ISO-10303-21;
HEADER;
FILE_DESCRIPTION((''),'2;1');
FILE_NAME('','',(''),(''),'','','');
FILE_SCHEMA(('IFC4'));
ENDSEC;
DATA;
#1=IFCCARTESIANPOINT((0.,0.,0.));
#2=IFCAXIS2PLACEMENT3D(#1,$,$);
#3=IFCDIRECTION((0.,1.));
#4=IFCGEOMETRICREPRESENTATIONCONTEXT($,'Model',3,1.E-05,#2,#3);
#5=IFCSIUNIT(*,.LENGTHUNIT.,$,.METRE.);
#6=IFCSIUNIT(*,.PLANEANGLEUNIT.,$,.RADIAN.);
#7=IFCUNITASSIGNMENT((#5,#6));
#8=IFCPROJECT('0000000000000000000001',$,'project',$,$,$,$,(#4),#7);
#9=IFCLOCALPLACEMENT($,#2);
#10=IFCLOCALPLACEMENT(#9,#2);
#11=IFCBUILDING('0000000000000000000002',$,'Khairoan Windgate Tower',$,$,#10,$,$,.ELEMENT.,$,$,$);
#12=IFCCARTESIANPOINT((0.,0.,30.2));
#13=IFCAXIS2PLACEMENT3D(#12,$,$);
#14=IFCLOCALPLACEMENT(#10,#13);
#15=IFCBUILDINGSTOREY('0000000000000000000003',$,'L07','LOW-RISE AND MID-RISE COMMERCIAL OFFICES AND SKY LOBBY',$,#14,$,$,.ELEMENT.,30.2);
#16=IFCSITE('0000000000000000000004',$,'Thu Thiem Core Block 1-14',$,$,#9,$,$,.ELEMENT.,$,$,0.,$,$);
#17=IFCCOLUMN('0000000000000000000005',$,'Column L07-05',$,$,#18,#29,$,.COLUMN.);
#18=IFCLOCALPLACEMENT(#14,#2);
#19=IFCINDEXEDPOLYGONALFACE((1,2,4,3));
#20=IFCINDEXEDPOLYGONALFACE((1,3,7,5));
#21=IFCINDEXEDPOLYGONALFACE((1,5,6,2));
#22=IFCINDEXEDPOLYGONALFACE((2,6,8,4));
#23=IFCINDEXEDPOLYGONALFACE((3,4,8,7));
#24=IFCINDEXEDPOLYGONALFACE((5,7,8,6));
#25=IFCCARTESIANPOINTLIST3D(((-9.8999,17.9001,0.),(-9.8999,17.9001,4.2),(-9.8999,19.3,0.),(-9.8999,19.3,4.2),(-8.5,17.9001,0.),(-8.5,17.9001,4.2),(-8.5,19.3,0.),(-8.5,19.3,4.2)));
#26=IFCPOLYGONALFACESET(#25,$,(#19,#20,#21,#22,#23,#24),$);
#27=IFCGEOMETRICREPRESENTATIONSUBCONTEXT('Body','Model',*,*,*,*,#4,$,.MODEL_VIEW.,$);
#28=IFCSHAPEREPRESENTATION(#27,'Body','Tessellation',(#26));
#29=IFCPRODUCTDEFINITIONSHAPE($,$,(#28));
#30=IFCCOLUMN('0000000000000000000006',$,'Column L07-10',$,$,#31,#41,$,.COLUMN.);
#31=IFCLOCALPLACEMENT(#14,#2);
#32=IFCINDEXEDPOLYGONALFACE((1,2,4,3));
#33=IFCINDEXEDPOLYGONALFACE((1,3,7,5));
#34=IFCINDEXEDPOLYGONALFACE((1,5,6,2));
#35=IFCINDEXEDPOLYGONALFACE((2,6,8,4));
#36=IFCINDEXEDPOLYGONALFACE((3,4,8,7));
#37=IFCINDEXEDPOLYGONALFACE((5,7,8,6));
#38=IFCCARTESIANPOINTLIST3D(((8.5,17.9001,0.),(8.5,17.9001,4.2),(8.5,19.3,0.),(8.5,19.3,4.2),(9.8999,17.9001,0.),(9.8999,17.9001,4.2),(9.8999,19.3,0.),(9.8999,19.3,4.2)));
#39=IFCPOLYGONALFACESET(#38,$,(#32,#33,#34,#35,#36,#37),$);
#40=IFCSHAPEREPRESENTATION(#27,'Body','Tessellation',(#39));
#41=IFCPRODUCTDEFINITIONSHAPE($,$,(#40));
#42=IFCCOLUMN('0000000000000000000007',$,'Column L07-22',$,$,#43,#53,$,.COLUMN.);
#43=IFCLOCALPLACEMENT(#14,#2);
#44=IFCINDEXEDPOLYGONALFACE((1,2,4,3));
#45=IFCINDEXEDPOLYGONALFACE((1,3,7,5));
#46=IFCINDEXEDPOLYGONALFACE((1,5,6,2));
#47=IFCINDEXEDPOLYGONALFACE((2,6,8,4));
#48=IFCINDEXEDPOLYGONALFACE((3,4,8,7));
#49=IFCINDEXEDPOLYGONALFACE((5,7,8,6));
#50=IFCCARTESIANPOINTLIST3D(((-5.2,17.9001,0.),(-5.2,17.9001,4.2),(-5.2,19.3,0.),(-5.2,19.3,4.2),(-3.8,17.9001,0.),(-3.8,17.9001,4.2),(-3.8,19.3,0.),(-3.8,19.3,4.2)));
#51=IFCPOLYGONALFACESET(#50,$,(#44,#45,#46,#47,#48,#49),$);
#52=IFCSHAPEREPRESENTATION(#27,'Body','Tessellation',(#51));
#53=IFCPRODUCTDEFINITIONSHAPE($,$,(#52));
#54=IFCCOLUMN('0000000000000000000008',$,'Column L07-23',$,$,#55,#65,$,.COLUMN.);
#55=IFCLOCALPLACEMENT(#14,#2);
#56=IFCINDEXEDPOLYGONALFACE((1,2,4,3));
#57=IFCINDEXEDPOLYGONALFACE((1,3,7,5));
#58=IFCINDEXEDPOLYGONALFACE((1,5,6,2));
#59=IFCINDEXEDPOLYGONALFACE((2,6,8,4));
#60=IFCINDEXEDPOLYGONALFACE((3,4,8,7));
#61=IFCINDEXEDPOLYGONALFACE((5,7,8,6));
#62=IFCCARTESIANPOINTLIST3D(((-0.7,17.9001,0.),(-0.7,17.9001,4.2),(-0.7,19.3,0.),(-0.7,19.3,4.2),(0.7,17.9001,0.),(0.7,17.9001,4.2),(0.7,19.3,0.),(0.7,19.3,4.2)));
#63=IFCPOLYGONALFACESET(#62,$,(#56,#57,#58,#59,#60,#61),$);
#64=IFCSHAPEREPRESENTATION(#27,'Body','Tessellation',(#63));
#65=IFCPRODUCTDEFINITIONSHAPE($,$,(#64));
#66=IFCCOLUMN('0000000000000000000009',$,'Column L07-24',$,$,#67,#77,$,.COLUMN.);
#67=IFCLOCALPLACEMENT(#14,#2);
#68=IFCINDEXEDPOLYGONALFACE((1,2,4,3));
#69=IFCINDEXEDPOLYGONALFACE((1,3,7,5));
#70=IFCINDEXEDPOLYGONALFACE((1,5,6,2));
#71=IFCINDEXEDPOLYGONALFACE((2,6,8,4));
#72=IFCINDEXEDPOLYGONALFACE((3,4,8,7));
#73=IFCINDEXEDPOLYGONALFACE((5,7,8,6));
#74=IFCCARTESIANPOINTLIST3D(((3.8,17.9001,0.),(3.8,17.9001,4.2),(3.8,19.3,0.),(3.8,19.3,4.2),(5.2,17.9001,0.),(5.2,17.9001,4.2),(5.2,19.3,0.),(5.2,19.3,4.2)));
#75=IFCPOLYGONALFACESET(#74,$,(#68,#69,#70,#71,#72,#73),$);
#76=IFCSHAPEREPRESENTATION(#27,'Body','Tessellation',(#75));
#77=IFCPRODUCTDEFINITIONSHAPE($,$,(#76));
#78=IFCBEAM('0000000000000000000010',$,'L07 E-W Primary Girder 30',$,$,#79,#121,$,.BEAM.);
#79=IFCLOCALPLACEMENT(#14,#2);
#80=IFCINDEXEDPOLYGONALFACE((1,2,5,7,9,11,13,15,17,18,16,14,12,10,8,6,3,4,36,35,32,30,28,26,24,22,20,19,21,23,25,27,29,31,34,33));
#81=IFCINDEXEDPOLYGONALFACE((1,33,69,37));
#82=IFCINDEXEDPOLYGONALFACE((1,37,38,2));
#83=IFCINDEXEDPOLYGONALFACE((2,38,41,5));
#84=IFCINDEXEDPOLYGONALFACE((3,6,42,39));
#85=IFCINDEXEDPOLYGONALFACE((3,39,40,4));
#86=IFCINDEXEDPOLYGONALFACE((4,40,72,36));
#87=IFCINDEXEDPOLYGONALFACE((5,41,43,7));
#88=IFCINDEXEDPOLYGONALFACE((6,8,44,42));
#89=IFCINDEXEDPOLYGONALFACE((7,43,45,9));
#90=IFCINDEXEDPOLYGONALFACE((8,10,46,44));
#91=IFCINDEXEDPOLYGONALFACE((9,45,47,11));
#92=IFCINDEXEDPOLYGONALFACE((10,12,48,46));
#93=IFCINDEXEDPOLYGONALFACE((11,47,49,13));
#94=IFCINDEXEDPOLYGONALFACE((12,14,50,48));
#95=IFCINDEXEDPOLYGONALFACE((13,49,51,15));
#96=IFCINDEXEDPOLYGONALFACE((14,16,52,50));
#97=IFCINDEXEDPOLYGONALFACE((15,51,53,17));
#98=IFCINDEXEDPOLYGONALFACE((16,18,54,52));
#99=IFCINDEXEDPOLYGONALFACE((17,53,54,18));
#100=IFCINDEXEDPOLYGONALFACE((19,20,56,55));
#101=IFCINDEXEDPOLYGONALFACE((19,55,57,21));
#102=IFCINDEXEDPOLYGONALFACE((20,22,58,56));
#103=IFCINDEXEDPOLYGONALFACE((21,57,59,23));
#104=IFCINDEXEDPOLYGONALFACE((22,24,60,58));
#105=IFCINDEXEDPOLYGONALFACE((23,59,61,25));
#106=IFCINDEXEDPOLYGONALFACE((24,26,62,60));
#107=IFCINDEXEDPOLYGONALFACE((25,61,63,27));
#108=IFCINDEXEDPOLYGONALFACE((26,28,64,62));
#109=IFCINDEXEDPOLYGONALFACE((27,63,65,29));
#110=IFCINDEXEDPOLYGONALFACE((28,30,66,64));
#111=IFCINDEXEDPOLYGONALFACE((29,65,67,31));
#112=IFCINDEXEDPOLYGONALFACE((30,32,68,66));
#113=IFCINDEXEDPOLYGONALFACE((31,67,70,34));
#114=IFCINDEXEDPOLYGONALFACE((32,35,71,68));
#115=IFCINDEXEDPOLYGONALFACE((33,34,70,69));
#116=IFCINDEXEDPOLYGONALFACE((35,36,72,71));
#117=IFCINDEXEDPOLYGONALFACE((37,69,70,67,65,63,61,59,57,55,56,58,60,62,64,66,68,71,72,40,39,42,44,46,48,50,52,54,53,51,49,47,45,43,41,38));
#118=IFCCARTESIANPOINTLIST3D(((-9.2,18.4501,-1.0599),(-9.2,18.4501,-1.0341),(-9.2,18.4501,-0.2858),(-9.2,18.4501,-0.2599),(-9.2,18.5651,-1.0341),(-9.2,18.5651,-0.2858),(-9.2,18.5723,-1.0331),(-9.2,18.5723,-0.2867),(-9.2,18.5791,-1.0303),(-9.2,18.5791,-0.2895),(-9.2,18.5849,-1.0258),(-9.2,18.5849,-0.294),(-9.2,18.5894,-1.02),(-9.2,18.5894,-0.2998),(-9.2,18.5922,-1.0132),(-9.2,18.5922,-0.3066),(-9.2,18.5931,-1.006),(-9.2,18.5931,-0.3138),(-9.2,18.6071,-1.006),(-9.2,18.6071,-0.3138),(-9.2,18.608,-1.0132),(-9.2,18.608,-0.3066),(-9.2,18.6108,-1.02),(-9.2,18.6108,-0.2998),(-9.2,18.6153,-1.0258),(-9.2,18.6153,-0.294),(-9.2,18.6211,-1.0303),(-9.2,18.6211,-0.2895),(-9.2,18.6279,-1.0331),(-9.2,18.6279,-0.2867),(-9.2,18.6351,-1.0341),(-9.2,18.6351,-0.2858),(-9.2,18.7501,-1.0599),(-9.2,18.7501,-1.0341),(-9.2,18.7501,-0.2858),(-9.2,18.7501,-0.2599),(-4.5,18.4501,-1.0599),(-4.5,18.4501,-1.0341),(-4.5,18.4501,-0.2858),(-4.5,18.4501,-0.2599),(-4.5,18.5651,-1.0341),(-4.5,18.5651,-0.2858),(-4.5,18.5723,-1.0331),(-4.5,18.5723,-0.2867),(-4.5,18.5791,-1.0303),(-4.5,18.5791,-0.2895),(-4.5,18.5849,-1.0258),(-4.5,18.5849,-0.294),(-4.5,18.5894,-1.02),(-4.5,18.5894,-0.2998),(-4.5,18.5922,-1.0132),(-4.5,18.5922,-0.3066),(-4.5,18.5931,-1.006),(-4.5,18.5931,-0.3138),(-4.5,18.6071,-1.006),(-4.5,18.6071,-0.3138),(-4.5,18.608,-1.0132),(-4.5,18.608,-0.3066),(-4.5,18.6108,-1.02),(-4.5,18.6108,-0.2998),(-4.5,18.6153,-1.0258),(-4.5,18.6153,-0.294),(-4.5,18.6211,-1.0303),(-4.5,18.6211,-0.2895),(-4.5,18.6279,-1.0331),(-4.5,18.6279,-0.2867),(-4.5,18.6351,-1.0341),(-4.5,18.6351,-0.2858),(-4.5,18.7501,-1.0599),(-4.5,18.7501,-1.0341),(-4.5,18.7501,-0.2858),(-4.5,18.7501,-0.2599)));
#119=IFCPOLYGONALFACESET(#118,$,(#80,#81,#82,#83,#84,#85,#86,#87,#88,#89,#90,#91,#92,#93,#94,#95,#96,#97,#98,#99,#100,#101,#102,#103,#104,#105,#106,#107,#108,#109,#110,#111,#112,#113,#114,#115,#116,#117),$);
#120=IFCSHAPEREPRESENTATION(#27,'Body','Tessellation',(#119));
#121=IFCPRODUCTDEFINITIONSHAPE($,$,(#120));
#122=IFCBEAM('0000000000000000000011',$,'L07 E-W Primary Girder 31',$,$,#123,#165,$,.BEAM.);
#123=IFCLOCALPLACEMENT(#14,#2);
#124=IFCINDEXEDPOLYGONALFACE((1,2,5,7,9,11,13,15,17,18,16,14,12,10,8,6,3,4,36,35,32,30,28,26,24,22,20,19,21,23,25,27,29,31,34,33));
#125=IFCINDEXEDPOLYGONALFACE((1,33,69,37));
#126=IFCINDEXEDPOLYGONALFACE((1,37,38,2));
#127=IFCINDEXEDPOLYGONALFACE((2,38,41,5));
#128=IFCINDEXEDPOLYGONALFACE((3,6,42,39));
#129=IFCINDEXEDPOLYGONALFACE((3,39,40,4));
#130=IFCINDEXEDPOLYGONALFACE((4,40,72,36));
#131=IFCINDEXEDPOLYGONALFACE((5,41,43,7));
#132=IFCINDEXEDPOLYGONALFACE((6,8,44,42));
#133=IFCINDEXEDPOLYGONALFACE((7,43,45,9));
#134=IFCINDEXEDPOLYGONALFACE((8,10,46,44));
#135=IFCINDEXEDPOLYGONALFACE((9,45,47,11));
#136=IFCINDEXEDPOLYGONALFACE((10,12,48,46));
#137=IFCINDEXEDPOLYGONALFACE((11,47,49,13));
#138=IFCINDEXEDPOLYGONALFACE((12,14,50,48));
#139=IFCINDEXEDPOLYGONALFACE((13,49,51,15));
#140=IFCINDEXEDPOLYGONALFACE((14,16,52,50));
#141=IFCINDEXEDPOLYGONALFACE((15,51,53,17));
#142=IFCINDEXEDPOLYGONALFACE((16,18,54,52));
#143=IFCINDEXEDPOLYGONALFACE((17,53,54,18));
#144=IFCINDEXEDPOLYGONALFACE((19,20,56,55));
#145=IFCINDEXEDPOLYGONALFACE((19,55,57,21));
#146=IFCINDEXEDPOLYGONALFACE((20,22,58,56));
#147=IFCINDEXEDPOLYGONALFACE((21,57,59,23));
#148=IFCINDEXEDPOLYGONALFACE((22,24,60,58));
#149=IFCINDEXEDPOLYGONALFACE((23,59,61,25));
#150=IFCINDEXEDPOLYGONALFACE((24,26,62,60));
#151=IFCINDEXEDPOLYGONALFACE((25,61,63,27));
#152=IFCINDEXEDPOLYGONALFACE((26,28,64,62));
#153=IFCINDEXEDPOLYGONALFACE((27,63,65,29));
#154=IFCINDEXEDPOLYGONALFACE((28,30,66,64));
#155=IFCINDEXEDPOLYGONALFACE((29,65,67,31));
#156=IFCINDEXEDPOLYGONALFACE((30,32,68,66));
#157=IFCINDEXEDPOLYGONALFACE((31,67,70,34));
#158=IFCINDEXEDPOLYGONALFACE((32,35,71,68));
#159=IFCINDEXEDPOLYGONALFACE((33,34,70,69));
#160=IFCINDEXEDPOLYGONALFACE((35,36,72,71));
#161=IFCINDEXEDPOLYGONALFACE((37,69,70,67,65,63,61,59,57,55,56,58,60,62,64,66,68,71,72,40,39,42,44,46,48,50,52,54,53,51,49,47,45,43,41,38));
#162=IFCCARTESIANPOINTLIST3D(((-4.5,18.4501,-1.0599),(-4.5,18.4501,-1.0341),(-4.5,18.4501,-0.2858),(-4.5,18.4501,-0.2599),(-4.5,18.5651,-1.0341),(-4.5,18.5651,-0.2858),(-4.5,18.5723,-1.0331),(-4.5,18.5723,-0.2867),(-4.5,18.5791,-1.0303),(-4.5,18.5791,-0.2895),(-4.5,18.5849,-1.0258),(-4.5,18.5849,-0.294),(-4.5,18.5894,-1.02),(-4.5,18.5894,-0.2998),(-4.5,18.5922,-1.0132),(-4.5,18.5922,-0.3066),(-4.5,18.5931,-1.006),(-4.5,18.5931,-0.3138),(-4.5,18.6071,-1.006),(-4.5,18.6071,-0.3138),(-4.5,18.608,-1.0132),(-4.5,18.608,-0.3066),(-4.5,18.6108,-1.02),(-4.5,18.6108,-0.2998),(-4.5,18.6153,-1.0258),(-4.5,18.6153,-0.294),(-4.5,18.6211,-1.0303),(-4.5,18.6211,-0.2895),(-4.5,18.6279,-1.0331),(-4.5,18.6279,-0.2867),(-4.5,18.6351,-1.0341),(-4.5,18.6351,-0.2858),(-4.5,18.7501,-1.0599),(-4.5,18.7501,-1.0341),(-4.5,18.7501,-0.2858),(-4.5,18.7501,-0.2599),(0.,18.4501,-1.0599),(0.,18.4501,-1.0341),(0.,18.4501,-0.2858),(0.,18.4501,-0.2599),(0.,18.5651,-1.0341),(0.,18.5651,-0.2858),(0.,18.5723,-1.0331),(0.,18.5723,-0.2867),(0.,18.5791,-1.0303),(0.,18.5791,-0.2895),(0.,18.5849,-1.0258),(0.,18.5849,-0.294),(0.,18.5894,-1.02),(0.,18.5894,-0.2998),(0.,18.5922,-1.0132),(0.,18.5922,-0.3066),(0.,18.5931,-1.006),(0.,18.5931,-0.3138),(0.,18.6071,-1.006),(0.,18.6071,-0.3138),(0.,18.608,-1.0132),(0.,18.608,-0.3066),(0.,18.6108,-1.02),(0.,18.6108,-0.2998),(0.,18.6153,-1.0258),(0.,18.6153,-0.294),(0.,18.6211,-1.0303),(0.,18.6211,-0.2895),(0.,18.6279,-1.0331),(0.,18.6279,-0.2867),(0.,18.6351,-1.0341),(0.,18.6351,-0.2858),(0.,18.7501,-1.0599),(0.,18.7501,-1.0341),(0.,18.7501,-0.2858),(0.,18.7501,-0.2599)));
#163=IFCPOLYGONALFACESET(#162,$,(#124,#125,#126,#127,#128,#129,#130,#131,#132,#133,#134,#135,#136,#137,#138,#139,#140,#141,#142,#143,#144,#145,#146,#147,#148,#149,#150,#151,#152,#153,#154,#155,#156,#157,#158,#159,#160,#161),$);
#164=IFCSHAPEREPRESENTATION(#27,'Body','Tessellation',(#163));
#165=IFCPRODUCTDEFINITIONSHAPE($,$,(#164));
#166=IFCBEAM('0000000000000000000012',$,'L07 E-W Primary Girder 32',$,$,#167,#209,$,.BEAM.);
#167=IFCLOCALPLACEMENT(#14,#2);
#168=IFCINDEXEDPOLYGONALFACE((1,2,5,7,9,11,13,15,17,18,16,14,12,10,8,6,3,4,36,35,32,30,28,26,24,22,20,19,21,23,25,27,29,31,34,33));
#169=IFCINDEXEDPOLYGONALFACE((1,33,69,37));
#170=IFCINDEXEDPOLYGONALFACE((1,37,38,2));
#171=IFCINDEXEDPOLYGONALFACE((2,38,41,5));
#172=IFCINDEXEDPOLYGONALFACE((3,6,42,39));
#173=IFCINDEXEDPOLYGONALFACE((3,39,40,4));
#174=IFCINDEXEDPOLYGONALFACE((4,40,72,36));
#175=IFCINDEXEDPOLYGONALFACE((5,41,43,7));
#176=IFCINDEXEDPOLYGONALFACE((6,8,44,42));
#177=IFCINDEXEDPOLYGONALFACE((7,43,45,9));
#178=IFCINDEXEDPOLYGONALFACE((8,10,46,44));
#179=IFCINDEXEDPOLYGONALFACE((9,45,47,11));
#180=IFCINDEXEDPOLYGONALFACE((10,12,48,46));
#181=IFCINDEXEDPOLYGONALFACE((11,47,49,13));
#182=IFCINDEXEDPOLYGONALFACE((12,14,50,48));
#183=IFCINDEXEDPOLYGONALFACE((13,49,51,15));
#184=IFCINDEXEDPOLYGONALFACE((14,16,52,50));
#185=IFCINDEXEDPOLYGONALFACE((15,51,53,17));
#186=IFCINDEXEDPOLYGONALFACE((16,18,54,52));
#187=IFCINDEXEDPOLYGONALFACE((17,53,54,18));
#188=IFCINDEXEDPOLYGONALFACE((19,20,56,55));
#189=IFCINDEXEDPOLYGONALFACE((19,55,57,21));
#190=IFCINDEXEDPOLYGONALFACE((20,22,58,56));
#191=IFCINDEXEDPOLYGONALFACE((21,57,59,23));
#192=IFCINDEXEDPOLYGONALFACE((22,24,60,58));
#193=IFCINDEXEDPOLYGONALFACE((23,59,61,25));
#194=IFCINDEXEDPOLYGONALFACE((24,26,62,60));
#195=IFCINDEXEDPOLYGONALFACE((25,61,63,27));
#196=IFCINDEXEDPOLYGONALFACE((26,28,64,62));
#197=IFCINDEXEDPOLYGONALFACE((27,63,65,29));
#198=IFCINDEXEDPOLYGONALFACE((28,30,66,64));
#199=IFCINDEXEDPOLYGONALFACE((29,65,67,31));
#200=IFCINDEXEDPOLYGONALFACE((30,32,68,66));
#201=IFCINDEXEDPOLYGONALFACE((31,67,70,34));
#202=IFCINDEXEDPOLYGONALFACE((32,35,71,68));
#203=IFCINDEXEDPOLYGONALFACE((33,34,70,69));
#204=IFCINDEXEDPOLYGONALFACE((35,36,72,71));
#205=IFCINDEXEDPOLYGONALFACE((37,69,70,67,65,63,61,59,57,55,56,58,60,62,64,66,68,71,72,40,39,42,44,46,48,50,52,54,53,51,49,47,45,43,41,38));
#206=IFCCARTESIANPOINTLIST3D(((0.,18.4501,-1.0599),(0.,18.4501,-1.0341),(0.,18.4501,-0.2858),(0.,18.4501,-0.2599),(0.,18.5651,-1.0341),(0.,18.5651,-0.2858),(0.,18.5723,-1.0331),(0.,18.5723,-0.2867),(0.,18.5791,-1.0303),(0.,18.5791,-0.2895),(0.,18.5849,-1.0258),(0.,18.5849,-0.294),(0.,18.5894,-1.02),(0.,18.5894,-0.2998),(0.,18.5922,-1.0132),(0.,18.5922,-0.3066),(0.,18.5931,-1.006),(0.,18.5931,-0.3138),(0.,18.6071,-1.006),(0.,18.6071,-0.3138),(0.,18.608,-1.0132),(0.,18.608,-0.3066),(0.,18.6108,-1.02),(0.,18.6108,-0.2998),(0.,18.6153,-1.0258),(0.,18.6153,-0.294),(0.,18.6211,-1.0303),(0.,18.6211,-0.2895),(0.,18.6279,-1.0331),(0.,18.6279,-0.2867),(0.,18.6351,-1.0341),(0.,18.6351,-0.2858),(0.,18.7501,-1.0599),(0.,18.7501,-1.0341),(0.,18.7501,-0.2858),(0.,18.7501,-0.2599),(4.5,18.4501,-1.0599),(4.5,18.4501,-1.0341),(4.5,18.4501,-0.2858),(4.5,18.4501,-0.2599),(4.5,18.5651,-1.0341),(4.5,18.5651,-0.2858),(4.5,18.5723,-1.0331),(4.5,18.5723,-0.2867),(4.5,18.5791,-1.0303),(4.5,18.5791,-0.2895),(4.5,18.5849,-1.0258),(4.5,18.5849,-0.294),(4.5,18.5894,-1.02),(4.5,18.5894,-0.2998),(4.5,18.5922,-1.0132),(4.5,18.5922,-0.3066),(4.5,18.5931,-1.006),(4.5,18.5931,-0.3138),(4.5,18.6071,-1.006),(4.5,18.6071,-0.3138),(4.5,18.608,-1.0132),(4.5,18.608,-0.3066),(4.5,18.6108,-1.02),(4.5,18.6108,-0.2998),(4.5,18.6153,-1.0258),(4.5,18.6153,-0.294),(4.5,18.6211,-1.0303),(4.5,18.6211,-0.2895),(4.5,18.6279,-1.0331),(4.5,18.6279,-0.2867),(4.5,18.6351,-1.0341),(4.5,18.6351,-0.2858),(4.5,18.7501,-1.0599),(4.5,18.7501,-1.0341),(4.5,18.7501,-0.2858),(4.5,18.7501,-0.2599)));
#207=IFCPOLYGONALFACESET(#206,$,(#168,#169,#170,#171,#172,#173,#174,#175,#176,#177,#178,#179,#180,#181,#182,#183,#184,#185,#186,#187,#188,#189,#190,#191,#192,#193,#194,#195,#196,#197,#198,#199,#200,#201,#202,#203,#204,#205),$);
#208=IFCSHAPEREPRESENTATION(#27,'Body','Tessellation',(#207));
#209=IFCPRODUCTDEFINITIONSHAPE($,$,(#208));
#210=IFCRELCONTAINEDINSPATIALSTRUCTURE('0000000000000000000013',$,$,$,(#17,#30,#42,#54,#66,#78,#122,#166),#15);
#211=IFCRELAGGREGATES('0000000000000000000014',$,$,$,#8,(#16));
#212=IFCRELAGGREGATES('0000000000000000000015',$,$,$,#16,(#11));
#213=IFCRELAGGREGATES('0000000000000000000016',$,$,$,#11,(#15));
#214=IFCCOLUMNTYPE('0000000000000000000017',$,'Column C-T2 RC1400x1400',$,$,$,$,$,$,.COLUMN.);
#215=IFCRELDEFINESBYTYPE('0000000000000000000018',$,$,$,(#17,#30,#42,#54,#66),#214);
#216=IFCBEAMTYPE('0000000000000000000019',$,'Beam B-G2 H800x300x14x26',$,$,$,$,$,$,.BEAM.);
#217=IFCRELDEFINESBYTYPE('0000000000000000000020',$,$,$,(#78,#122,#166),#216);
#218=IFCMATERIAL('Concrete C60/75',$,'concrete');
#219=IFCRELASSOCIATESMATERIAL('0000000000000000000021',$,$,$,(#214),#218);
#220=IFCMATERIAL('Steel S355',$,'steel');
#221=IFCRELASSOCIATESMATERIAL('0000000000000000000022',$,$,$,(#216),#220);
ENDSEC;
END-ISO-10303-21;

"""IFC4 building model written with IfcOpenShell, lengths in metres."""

from ifc_helpers import new_model, si_unit, direction, frame, origin, origin_2d, place, context, subcontext, project, spatial, rectangle, i_section, extrude, material, material_profile, profile_set, type_object, element, save


model = new_model("IFC4")

# Units and contexts
model_context = context("Model", 3, precision=1e-05, world=origin(), true_north=direction((0.0, 1.0)))
body_context = subcontext(model_context, "Body", "Model", "MODEL_VIEW")
ifc_project = project(units=[si_unit("LENGTHUNIT", "METRE"), si_unit("PLANEANGLEUNIT", "RADIAN")], contexts=[model_context])

# Site, building, storey
site_placement = place(None, origin())
site = spatial("IfcSite", under=ifc_project, at=site_placement, Name="Thu Thiem Core Block 1-14", CompositionType="ELEMENT", RefElevation=0.0)
building_placement = place(site_placement, origin())
building = spatial("IfcBuilding", under=site, at=building_placement, Name="Khairoan Windgate Tower", CompositionType="ELEMENT")
storey_placement = place(building_placement, frame((0.0, 0.0, 30.2)))
storey = spatial("IfcBuildingStorey", under=building, at=storey_placement, Name="L07", Description="LOW-RISE AND MID-RISE COMMERCIAL OFFICES AND SKY LOBBY", CompositionType="ELEMENT", Elevation=30.2)

# Columns
ifc_material_1 = material(Name="Concrete C60/75", Category="concrete")
ifc_material_profile_1 = material_profile(ifc_material_1, rectangle(XDim=1.3999, YDim=1.3999, at=origin_2d()))
ifc_profile_set_1 = profile_set([ifc_material_profile_1], Name="Concrete C60/75")
column_type = type_object("IfcColumnType", Name="Column C-T2 RC1400x1400", PredefinedType="COLUMN", material=ifc_profile_set_1)
for number, where, z_axis, x_axis, name in (
    (1, (-9.2, 18.6001, 0.0), (0.0, 0.0, 1.0), (1.0, 0.0, 0.0), "Column L07-05"),
    (2, (9.2, 18.6001, 0.0), (0.0, 0.0, 1.0), (1.0, 0.0, 0.0), "Column L07-10"),
    (3, (-4.5, 18.6001, 0.0), (0.0, 0.0, 1.0), (1.0, 0.0, 0.0), "Column L07-22"),
    (4, (0.0, 18.6001, 0.0), (0.0, 0.0, 1.0), (1.0, 0.0, 0.0), "Column L07-23"),
    (5, (4.5, 18.6001, 0.0), (0.0, 0.0, 1.0), (1.0, 0.0, 0.0), "Column L07-24"),
):
    element("IfcColumn", number, at=place(storey_placement, frame(where, z_axis=z_axis, x_axis=x_axis)), inside=storey, type_object=column_type, Name=name, PredefinedType="COLUMN", context=body_context, shape_type="SweptSolid", body=[
        extrude(rectangle(XDim=1.3999, YDim=1.3999, at=origin_2d()), origin(), (0.0, 0.0, 1.0), 4.2),
    ])

# Beams
ifc_material_2 = material(Name="Steel S355", Category="steel")
ifc_material_profile_2 = material_profile(ifc_material_2, i_section(OverallWidth=0.3, OverallDepth=0.8, WebThickness=0.0139, FlangeThickness=0.0259, FilletRadius=0.0281, at=origin_2d()))
ifc_profile_set_2 = profile_set([ifc_material_profile_2], Name="Steel S355")
beam_type_1 = type_object("IfcBeamType", Name="Beam B-G2 H800x300x14x26", PredefinedType="BEAM", material=ifc_profile_set_2)
beam_1_placement = place(storey_placement, frame((-9.2, 18.6001, -0.6599), z_axis=(1.0, 0.0, 0.0), x_axis=(0.0, 1.0, 0.0)))
element("IfcBeam", 6, at=beam_1_placement, inside=storey, type_object=beam_type_1, Name="L07 E-W Primary Girder 30", PredefinedType="BEAM", context=body_context, shape_type="SweptSolid", body=[
    extrude(i_section(OverallWidth=0.3, OverallDepth=0.8, WebThickness=0.0139, FlangeThickness=0.0259, FilletRadius=0.0281, at=origin_2d()), origin(), (0.0, 0.0, 1.0), 4.7),
])
for number, where, z_axis, x_axis, name in (
    (7, (-4.5, 18.6001, -0.6599), (1.0, 0.0, 0.0), (0.0, 1.0, 0.0), "L07 E-W Primary Girder 31"),
    (8, (0.0, 18.6001, -0.6599), (1.0, 0.0, 0.0), (0.0, 1.0, 0.0), "L07 E-W Primary Girder 32"),
):
    element("IfcBeam", number, at=place(storey_placement, frame(where, z_axis=z_axis, x_axis=x_axis)), inside=storey, type_object=beam_type_1, Name=name, PredefinedType="BEAM", context=body_context, shape_type="SweptSolid", body=[
        extrude(i_section(OverallWidth=0.3, OverallDepth=0.8, WebThickness=0.0139, FlangeThickness=0.0259, FilletRadius=0.0281, at=origin_2d()), origin(), (0.0, 0.0, 1.0), 4.5),
    ])

save(model, "model.ifc")
